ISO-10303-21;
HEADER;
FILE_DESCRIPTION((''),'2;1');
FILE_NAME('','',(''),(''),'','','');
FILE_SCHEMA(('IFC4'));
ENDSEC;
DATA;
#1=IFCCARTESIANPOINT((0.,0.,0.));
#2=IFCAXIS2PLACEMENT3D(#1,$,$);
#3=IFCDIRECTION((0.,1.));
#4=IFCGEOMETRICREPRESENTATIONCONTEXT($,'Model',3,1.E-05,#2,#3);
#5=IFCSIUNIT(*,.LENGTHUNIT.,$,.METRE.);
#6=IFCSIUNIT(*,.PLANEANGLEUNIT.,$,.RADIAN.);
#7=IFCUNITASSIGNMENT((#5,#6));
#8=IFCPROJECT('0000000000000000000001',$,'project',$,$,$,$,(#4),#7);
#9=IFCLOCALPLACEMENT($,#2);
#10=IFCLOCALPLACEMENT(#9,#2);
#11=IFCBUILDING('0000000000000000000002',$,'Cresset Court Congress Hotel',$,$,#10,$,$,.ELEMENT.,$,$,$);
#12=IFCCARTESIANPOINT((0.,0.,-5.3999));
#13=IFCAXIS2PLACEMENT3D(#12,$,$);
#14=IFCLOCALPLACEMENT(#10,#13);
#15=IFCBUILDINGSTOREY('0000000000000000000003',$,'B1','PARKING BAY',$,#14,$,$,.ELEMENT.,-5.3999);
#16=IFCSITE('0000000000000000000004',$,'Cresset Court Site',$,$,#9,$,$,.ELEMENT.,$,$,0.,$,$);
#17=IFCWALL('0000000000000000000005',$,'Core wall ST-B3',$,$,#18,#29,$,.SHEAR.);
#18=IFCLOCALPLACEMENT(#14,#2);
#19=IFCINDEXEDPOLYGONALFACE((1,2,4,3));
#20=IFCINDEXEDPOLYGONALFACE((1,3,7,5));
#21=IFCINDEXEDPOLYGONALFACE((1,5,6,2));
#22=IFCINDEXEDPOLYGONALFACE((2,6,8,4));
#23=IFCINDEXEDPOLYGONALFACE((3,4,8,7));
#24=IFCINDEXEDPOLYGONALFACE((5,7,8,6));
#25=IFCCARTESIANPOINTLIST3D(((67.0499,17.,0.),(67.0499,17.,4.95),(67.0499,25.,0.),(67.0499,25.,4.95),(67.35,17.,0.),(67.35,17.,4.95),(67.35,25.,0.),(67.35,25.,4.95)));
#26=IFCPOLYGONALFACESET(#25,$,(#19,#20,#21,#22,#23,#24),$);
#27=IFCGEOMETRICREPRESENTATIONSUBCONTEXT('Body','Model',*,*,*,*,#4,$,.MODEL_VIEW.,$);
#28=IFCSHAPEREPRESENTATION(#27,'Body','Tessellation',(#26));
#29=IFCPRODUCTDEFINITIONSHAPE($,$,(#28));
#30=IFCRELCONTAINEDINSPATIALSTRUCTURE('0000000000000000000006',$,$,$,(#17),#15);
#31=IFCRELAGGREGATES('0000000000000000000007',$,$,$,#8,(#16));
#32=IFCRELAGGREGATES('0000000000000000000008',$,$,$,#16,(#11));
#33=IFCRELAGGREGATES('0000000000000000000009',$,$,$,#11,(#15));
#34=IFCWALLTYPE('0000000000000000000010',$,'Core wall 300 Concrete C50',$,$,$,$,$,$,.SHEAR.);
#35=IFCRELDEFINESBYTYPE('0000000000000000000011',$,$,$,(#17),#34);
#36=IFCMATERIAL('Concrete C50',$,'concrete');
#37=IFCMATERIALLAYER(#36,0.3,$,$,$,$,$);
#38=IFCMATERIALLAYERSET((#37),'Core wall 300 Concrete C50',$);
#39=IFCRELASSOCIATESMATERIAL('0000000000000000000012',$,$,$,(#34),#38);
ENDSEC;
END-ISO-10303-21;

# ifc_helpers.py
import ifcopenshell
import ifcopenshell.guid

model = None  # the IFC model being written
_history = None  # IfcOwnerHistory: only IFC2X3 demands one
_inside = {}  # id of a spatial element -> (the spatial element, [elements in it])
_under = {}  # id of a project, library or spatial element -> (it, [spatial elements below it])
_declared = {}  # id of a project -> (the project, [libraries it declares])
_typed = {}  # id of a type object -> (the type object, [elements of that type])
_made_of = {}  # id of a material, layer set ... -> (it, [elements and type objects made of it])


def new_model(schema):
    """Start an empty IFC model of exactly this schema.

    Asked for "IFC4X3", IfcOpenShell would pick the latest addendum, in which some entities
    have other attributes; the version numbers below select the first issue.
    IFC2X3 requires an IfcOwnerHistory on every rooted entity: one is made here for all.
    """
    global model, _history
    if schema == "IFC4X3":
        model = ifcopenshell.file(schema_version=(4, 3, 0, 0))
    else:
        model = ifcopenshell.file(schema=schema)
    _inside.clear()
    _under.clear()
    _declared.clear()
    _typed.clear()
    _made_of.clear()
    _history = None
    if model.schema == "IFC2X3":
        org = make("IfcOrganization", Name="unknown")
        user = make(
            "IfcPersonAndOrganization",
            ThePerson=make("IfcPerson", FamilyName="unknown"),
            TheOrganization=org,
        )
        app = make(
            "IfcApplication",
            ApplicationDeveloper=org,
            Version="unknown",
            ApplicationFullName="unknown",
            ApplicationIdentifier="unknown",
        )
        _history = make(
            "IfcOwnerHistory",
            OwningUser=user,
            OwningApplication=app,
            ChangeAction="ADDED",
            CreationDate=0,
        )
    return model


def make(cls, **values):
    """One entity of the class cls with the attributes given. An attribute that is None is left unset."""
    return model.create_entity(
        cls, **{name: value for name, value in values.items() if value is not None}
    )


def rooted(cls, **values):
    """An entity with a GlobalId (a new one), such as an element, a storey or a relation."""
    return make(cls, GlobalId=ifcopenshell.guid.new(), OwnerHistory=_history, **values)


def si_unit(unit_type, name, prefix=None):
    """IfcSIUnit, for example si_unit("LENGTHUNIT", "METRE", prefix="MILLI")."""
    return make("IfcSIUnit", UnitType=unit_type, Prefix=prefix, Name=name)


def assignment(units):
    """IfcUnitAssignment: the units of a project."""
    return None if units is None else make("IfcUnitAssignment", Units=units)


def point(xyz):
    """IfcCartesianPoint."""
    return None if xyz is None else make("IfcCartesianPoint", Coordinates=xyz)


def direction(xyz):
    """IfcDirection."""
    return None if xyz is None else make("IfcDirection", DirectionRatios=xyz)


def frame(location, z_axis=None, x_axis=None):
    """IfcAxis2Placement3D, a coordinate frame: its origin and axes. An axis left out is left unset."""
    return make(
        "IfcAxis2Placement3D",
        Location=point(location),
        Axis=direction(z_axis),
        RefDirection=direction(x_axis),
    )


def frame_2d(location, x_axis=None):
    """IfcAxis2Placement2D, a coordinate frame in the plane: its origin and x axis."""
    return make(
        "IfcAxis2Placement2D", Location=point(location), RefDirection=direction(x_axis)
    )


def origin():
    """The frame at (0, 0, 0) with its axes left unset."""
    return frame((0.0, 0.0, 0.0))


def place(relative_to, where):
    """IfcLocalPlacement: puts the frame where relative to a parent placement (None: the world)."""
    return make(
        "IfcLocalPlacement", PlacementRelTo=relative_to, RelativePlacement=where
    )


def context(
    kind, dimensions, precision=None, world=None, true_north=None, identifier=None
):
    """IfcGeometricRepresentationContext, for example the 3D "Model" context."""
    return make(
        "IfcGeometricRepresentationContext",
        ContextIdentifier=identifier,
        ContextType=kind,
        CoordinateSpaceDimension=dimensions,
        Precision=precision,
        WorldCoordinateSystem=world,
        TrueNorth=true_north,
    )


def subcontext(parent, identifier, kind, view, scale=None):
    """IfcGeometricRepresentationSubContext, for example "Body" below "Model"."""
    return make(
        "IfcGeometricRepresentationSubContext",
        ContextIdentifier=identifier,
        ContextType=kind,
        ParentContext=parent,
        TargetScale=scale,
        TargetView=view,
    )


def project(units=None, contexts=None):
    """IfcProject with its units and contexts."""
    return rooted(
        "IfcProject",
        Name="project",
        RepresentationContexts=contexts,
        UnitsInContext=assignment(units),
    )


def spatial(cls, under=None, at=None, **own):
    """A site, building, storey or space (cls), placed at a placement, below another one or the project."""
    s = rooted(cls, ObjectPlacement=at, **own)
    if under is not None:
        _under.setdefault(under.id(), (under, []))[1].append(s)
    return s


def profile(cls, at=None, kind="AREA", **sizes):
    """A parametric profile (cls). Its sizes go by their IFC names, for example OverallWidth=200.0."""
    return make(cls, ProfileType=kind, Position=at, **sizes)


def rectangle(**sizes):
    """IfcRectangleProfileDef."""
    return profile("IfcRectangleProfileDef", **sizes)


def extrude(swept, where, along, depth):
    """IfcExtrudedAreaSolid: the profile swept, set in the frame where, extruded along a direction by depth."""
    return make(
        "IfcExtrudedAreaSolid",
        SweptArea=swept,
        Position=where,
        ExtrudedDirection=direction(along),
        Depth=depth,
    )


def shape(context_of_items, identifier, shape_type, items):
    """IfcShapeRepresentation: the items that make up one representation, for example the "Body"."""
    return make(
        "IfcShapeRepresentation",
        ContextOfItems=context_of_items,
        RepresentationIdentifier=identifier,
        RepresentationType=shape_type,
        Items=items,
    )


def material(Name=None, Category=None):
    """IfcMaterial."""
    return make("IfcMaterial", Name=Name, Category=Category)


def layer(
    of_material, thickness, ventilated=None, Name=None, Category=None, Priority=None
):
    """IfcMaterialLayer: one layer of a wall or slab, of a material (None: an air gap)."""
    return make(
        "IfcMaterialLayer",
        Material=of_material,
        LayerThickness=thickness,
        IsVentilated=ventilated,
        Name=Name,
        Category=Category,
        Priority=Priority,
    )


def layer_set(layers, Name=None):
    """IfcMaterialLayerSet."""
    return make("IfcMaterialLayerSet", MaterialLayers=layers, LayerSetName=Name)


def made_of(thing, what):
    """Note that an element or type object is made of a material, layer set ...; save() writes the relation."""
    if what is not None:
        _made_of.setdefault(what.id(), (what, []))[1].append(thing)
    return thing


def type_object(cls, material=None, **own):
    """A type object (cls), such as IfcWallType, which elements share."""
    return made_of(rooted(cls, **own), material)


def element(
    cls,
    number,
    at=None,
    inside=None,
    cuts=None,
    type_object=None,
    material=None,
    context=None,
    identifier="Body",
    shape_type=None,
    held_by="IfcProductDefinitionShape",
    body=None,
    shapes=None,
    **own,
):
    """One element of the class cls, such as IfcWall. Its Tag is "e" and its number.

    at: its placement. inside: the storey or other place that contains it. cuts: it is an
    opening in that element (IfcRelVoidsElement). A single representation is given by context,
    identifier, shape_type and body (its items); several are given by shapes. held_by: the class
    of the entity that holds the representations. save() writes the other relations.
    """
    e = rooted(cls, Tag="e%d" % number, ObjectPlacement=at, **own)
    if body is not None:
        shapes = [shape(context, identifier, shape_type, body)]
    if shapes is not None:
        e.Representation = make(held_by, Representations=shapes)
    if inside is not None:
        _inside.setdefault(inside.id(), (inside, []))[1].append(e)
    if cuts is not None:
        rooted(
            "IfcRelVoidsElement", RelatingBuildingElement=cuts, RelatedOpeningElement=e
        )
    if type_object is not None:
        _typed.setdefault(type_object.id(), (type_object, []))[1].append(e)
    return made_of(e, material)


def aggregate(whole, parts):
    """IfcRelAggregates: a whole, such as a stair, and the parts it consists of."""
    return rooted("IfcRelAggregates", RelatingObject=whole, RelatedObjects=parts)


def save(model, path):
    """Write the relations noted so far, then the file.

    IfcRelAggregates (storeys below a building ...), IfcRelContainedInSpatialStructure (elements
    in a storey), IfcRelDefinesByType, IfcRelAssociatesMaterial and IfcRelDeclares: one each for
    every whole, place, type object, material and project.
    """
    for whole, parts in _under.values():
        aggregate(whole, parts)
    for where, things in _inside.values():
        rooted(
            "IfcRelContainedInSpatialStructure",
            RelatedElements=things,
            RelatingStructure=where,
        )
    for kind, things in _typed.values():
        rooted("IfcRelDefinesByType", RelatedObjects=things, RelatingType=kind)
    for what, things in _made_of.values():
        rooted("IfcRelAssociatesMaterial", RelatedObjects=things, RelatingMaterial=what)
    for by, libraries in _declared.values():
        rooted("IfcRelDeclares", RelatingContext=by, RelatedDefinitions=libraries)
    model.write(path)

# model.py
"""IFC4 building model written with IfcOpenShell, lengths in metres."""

from ifc_helpers import new_model, si_unit, direction, frame, frame_2d, origin, place, context, subcontext, project, spatial, rectangle, extrude, material, layer, layer_set, type_object, element, save


model = new_model("IFC4")

# Units and contexts
model_context = context("Model", 3, precision=1e-05, world=origin(), true_north=direction((0.0, 1.0)))
body_context = subcontext(model_context, "Body", "Model", "MODEL_VIEW")
ifc_project = project(units=[si_unit("LENGTHUNIT", "METRE"), si_unit("PLANEANGLEUNIT", "RADIAN")], contexts=[model_context])

# Site, building, storey
site_placement = place(None, origin())
site = spatial("IfcSite", under=ifc_project, at=site_placement, Name="Cresset Court Site", CompositionType="ELEMENT", RefElevation=0.0)
building_placement = place(site_placement, origin())
building = spatial("IfcBuilding", under=site, at=building_placement, Name="Cresset Court Congress Hotel", CompositionType="ELEMENT")
storey_placement = place(building_placement, frame((0.0, 0.0, -5.3999)))
storey = spatial("IfcBuildingStorey", under=building, at=storey_placement, Name="B1", Description="PARKING BAY", CompositionType="ELEMENT", Elevation=-5.3999)

# Wall
ifc_material_1 = material(Name="Concrete C50", Category="concrete")
ifc_layer_1 = layer(ifc_material_1, 0.3)
ifc_layer_set_1 = layer_set([ifc_layer_1], Name="Core wall 300 Concrete C50")
wall_type_1 = type_object("IfcWallType", Name="Core wall 300 Concrete C50", PredefinedType="SHEAR", material=ifc_layer_set_1)
for number, where, z_axis, x_axis, name in (
    (1, (67.2, 17.0, 0.0), (0.0, 0.0, 1.0), (0.0, 1.0, 0.0), "Core wall ST-B3"),
):
    element("IfcWall", number, at=place(storey_placement, frame(where, z_axis=z_axis, x_axis=x_axis)), inside=storey, type_object=wall_type_1, Name=name, PredefinedType="SHEAR", context=body_context, shape_type="SweptSolid", body=[
        extrude(rectangle(XDim=8.0, YDim=0.3, at=frame_2d((4.0, 0.0))), origin(), (0.0, 0.0, 1.0), 4.95),
    ])

save(model, "model.ifc")
